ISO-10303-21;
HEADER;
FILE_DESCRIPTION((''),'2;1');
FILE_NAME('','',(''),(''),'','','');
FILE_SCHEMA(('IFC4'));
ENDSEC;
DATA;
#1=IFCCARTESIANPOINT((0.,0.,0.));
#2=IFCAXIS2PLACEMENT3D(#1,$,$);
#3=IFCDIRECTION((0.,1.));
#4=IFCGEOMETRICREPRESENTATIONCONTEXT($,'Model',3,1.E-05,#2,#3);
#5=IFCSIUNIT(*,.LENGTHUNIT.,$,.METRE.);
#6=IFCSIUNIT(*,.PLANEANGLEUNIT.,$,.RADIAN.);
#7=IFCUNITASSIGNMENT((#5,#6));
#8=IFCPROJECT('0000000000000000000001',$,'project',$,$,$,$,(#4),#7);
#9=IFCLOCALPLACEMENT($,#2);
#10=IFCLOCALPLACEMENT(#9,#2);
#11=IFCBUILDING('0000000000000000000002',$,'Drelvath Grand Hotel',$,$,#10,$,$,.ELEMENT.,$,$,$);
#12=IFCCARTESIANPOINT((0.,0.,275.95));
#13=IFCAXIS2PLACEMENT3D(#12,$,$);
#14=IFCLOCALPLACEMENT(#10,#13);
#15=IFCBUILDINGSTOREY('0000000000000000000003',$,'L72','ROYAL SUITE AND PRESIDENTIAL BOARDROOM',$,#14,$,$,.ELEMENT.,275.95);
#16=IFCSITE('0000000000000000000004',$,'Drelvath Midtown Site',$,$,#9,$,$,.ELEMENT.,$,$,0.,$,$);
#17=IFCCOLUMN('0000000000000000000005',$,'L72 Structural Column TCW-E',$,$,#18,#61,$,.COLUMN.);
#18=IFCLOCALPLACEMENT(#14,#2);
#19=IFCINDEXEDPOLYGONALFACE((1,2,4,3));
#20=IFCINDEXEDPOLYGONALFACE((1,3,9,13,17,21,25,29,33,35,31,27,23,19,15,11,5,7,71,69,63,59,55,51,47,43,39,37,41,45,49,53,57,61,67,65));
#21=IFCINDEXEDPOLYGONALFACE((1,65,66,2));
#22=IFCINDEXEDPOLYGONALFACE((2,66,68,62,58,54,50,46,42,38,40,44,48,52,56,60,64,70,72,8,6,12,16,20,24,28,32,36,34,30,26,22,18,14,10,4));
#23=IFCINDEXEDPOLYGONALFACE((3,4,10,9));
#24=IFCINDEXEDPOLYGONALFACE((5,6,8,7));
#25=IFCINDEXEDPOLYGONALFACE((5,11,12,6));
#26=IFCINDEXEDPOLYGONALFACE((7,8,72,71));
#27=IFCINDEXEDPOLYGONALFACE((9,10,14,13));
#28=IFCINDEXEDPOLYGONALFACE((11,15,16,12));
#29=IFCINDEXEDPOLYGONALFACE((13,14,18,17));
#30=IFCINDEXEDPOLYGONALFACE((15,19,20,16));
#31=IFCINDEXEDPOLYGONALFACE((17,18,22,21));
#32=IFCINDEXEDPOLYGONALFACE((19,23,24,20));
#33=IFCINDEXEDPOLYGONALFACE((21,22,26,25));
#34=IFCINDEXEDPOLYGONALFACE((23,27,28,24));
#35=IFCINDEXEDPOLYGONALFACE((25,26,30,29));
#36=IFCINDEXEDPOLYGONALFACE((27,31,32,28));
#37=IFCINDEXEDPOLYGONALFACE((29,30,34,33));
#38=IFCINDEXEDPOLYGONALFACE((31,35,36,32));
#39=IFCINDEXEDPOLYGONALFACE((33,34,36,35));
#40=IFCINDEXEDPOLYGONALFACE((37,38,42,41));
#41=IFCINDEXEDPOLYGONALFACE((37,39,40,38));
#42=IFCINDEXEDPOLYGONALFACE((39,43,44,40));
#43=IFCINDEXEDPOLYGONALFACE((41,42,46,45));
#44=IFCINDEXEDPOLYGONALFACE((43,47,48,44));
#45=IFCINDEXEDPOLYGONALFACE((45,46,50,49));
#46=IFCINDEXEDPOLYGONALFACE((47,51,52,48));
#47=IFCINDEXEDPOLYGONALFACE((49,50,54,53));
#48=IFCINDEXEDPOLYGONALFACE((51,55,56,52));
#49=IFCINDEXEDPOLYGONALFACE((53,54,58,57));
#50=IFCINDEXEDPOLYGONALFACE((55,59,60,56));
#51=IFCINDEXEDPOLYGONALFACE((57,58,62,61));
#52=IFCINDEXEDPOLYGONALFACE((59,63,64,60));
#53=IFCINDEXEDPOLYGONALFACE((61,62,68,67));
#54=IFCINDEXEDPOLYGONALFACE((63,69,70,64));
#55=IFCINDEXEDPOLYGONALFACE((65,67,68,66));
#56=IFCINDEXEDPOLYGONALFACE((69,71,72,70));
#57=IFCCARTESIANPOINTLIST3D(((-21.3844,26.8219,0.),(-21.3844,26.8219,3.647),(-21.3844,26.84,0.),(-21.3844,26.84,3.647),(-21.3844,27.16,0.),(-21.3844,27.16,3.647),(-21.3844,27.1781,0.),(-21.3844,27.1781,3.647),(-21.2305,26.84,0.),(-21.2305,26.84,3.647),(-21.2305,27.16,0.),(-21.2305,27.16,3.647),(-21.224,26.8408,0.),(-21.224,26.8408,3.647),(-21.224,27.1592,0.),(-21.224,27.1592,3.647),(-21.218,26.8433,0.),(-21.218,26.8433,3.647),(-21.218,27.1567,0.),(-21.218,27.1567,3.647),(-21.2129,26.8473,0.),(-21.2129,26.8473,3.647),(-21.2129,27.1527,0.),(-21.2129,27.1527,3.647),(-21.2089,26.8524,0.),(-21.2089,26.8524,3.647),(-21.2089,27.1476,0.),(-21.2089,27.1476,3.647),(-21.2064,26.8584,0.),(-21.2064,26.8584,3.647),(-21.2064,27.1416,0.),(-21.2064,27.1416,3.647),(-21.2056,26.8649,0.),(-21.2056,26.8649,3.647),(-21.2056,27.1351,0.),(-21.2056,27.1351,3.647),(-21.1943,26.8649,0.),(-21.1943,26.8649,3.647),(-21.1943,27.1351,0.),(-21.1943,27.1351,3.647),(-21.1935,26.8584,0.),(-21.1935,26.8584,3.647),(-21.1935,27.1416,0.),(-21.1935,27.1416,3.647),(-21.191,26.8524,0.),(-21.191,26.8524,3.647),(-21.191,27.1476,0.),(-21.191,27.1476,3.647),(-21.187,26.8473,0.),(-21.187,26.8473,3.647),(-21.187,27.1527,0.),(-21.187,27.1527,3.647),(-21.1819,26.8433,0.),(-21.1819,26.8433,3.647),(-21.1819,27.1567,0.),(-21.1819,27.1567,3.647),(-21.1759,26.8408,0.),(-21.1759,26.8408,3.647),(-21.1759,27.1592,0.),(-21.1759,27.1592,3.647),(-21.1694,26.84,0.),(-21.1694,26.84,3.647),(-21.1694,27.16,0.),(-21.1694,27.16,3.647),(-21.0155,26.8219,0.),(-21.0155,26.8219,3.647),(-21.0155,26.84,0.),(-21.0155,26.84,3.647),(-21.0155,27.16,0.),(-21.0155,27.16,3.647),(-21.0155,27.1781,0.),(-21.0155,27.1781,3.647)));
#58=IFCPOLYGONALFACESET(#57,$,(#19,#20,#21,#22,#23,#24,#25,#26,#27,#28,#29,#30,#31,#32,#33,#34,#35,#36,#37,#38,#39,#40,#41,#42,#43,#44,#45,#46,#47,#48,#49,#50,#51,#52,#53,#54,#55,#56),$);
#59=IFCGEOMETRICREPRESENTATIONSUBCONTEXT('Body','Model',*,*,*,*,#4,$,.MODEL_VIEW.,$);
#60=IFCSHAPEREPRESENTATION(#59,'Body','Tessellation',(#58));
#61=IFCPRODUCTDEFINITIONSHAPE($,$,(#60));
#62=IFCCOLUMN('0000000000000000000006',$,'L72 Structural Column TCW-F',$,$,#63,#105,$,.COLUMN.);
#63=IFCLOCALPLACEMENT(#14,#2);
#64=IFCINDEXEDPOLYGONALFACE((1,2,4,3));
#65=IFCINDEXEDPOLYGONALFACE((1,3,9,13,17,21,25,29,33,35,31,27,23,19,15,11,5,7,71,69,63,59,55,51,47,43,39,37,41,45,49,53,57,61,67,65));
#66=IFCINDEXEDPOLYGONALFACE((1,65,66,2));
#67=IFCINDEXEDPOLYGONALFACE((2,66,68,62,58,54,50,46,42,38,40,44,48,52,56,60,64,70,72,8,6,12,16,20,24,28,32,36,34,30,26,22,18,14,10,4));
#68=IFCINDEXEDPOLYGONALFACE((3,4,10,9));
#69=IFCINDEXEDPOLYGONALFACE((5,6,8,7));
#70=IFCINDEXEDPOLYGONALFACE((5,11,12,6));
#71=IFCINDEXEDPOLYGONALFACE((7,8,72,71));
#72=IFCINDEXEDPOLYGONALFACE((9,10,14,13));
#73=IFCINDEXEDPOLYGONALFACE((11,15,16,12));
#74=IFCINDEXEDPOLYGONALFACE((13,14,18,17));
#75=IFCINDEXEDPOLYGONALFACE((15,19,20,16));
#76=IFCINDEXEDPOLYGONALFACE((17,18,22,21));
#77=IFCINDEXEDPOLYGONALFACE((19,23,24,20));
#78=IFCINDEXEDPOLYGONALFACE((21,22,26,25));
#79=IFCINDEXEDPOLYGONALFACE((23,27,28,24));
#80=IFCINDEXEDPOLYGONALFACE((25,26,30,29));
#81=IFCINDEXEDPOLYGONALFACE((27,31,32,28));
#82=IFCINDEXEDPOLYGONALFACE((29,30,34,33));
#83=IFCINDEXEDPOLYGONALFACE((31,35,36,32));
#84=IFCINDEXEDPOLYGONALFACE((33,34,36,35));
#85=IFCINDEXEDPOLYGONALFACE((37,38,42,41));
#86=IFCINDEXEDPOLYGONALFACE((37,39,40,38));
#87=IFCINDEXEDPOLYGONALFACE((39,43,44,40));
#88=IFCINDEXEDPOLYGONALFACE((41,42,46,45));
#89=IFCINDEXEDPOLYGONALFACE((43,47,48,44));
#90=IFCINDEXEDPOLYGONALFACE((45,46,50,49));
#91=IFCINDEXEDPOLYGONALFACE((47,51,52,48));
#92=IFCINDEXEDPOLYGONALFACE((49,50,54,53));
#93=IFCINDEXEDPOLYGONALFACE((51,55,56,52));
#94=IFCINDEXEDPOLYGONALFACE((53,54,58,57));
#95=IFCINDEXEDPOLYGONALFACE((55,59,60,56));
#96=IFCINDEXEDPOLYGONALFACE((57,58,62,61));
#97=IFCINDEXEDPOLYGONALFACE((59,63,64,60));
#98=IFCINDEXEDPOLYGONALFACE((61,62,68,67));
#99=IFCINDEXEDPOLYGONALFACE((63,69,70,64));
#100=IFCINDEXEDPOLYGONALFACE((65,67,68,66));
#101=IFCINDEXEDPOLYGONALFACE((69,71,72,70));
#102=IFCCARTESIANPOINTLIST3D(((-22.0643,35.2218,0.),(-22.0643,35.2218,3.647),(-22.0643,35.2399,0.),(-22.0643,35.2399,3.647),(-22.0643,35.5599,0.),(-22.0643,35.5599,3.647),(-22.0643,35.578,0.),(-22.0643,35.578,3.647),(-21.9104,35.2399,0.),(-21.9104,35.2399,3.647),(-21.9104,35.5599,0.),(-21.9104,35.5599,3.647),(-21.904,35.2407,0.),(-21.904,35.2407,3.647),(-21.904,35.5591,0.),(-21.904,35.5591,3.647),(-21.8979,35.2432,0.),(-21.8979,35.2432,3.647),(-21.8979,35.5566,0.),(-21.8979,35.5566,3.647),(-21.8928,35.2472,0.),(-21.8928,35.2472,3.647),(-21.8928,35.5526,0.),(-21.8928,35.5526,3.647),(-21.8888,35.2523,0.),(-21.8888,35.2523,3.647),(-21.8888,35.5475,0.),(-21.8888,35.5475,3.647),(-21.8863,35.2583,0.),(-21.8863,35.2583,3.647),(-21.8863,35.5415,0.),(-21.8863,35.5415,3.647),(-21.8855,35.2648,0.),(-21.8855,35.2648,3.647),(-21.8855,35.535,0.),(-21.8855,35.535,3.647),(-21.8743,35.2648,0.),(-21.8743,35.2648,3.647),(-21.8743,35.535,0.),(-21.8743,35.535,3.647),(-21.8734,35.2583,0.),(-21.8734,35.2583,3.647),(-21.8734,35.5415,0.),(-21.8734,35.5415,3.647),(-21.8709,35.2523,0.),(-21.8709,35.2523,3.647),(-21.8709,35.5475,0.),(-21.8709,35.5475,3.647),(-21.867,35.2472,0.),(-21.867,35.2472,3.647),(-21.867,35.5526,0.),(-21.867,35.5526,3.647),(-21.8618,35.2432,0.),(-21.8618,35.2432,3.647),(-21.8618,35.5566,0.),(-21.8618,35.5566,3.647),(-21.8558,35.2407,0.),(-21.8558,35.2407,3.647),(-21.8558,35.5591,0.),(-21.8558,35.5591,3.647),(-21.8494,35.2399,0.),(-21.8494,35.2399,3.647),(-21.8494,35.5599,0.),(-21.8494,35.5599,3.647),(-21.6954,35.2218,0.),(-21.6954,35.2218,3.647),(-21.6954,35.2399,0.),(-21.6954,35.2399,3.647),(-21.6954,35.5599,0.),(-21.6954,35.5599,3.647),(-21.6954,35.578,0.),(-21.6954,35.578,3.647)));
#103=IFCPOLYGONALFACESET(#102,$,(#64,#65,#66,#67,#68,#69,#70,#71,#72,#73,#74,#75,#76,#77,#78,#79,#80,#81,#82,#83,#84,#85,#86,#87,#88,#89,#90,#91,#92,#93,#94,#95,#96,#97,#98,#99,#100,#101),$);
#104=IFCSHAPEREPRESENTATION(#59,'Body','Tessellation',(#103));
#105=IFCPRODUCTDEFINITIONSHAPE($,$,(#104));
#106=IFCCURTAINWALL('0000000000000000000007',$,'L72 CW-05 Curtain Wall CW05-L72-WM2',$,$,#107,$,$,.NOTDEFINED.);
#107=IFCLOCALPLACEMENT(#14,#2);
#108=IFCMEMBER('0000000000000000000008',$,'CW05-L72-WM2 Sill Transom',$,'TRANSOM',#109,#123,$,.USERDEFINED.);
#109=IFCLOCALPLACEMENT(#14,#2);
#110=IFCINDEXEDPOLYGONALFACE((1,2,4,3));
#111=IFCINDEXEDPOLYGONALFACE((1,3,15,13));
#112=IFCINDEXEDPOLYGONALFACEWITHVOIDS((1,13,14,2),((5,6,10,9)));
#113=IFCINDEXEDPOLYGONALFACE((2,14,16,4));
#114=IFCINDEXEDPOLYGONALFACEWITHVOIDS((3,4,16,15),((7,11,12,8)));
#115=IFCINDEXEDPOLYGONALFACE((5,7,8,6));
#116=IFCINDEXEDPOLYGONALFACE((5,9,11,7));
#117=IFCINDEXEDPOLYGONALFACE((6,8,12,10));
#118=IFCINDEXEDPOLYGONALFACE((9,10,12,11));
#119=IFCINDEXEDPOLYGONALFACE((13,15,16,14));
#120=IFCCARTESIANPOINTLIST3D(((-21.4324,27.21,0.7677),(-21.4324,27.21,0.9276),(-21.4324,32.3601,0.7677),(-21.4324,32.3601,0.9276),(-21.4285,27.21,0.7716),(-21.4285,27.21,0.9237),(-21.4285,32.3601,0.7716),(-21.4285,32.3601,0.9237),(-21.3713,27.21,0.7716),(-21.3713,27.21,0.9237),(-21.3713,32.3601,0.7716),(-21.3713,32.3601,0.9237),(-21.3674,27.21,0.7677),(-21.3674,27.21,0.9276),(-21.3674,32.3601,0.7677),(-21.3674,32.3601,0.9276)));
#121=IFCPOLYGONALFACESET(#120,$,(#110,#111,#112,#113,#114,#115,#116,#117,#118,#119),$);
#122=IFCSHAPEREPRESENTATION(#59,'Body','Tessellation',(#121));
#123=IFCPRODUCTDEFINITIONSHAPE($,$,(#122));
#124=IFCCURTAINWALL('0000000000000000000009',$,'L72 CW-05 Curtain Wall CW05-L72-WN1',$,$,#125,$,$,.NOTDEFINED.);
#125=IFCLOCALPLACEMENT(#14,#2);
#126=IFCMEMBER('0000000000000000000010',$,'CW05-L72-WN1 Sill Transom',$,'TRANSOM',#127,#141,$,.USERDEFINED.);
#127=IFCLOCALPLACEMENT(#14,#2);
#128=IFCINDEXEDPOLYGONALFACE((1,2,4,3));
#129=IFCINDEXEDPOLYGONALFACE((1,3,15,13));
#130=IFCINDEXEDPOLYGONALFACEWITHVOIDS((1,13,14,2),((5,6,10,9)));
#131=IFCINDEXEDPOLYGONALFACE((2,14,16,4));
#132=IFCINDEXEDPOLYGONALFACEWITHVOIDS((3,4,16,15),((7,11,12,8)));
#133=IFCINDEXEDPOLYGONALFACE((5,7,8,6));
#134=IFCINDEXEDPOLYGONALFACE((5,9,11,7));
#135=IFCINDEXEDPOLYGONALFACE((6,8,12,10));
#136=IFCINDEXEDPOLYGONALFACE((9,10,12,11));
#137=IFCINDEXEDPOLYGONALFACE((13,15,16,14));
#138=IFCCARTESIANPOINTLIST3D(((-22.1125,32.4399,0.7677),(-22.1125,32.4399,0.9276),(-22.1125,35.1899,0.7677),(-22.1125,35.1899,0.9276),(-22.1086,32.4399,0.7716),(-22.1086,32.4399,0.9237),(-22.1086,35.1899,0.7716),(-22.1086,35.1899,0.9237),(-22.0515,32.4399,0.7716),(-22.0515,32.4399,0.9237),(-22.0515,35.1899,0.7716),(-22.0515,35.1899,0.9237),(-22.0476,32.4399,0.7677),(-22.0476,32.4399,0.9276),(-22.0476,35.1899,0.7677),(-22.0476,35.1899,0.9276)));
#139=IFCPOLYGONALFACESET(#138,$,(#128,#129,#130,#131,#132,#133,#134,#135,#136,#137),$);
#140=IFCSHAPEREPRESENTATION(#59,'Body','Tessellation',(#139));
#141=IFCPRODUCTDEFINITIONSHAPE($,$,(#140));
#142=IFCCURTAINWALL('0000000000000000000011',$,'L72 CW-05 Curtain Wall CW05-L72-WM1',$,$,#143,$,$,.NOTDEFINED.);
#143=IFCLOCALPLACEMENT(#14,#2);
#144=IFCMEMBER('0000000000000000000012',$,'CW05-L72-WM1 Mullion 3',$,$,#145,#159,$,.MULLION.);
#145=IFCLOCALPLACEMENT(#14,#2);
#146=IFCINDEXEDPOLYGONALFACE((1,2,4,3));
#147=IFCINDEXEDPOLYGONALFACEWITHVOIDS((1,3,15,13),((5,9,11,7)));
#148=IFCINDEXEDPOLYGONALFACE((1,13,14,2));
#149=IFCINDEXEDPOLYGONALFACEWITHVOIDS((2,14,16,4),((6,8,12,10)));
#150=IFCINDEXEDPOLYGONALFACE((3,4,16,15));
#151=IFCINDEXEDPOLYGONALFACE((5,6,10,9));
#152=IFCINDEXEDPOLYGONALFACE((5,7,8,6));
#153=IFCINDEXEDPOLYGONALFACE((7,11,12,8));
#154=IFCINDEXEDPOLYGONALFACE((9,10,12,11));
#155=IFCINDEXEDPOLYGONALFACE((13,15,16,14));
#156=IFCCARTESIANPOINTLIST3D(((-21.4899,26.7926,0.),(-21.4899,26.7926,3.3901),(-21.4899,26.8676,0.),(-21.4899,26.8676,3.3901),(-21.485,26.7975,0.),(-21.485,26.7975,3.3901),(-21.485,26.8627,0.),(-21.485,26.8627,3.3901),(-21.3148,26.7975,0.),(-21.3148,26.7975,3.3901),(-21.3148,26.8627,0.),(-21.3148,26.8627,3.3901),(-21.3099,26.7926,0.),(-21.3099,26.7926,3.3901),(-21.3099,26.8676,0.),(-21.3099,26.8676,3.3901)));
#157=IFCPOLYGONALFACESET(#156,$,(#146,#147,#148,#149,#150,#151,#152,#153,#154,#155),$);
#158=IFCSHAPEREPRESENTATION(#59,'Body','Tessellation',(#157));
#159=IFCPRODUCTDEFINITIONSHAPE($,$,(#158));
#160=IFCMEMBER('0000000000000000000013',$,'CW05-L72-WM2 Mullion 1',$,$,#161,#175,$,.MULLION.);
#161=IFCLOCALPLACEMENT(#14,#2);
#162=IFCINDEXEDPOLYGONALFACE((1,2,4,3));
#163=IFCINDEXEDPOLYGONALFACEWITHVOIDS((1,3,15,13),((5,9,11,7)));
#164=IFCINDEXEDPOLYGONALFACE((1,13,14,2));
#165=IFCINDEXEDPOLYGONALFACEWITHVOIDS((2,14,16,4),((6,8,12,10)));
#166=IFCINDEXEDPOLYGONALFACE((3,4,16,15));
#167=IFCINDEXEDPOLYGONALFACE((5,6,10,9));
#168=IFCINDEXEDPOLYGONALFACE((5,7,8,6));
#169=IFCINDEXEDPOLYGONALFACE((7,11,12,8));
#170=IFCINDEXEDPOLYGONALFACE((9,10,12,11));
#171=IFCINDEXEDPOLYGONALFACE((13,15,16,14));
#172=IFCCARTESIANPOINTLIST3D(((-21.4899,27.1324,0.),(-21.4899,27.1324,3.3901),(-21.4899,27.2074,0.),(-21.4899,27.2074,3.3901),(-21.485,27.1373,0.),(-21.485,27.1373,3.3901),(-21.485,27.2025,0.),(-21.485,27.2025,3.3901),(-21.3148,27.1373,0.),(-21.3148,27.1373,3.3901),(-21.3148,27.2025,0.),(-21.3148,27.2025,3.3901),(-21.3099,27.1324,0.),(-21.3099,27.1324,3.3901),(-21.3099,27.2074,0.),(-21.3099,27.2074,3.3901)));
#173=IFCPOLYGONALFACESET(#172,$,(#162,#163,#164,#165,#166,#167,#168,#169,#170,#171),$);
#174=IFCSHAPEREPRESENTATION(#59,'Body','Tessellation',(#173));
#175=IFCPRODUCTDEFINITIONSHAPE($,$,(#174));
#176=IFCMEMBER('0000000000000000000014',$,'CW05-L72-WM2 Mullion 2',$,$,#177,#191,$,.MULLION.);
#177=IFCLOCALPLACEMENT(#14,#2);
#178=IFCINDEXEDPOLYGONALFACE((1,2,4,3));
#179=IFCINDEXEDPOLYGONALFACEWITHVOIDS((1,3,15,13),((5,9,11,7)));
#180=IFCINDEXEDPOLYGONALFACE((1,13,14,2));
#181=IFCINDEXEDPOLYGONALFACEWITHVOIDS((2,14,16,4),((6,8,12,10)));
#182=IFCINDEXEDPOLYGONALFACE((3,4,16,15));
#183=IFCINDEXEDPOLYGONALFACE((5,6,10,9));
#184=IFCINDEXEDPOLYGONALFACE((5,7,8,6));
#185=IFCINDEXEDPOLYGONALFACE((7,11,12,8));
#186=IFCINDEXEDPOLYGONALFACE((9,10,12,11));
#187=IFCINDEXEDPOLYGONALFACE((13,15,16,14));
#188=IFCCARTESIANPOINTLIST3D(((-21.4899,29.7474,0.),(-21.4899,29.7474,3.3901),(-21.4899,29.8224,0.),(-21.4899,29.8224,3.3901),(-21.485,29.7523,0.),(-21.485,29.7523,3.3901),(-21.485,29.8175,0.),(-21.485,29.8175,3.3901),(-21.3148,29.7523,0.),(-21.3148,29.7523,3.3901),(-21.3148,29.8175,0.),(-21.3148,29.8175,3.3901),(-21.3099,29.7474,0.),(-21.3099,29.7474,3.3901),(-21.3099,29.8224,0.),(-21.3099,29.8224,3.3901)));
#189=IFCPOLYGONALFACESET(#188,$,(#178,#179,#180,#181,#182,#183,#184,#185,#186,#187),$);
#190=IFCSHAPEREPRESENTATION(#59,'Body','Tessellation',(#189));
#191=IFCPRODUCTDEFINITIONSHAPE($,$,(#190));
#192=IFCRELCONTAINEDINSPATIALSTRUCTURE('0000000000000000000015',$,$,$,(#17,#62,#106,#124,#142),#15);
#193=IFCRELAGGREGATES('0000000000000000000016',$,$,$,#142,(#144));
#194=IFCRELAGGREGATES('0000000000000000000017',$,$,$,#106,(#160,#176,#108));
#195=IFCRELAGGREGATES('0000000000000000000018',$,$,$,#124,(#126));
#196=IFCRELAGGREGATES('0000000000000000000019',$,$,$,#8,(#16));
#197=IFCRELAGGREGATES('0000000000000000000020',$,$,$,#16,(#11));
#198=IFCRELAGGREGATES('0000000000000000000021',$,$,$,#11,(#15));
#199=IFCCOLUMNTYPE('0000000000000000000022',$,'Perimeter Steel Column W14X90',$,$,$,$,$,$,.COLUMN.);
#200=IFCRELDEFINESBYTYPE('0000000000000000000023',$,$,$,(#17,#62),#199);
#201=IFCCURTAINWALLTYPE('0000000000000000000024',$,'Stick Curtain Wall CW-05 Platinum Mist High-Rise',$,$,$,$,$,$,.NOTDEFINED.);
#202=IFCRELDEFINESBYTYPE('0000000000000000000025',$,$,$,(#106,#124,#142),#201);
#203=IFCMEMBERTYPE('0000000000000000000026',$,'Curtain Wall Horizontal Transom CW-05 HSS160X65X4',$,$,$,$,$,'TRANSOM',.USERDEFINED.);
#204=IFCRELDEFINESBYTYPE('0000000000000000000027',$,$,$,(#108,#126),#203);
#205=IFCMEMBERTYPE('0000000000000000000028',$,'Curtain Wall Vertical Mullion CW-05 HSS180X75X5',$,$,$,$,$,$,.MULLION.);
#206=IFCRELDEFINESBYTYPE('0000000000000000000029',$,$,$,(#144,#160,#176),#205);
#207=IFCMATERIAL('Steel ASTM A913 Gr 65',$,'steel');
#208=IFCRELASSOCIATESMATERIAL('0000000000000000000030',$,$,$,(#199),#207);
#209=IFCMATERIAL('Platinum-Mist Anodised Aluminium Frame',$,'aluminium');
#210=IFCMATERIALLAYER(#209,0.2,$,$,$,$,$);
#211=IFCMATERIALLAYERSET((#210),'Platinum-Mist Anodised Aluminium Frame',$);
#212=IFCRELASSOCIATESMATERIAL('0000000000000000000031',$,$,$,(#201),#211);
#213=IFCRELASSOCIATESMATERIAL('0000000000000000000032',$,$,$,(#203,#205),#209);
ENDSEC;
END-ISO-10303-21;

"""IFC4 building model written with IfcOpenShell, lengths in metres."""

from ifc_helpers import new_model, si_unit, direction, frame, origin, origin_2d, place, context, subcontext, project, spatial, hollow_rectangle, i_section, extrude, material, layer, layer_set, material_profile, profile_set, type_object, element, aggregate, save


model = new_model("IFC4")

# Units and contexts
model_context = context("Model", 3, precision=1e-05, world=origin(), true_north=direction((0.0, 1.0)))
body_context = subcontext(model_context, "Body", "Model", "MODEL_VIEW")
ifc_project = project(units=[si_unit("LENGTHUNIT", "METRE"), si_unit("PLANEANGLEUNIT", "RADIAN")], contexts=[model_context])

# Site, building, storey
site_placement = place(None, origin())
site = spatial("IfcSite", under=ifc_project, at=site_placement, Name="Drelvath Midtown Site", CompositionType="ELEMENT", RefElevation=0.0)
building_placement = place(site_placement, origin())
building = spatial("IfcBuilding", under=site, at=building_placement, Name="Drelvath Grand Hotel", CompositionType="ELEMENT")
storey_placement = place(building_placement, frame((0.0, 0.0, 275.95)))
storey = spatial("IfcBuildingStorey", under=building, at=storey_placement, Name="L72", Description="ROYAL SUITE AND PRESIDENTIAL BOARDROOM", CompositionType="ELEMENT", Elevation=275.95)

# Columns
ifc_material_1 = material(Name="Steel ASTM A913 Gr 65", Category="steel")
ifc_material_profile_1 = material_profile(ifc_material_1, i_section(OverallWidth=0.3689, OverallDepth=0.3562, WebThickness=0.0112, FlangeThickness=0.0181, FilletRadius=0.0249, at=origin_2d()), Name="W14X90")
ifc_profile_set_1 = profile_set([ifc_material_profile_1], Name="Steel ASTM A913 Gr 65")
column_type = type_object("IfcColumnType", Name="Perimeter Steel Column W14X90", PredefinedType="COLUMN", material=ifc_profile_set_1)
for number, where, z_axis, x_axis, name in (
    (1, (-21.2, 27.0, 0.0), (0.0, 0.0, 1.0), (1.0, 0.0, 0.0), "L72 Structural Column TCW-E"),
    (2, (-21.8799, 35.3999, 0.0), (0.0, 0.0, 1.0), (1.0, 0.0, 0.0), "L72 Structural Column TCW-F"),
):
    element("IfcColumn", number, at=place(storey_placement, frame(where, z_axis=z_axis, x_axis=x_axis)), inside=storey, type_object=column_type, Name=name, PredefinedType="COLUMN", context=body_context, shape_type="SweptSolid", body=[
        extrude(i_section(OverallWidth=0.3689, OverallDepth=0.3562, WebThickness=0.0112, FlangeThickness=0.0181, FilletRadius=0.0249, at=origin_2d()), origin(), (0.0, 0.0, 1.0), 3.647),
    ])

# Curtain walls, members
ifc_material_2 = material(Name="Platinum-Mist Anodised Aluminium Frame", Category="aluminium")
ifc_layer_1 = layer(ifc_material_2, 0.2)
ifc_layer_set_1 = layer_set([ifc_layer_1], Name="Platinum-Mist Anodised Aluminium Frame")
curtain_wall_type = type_object("IfcCurtainWallType", Name="Stick Curtain Wall CW-05 Platinum Mist High-Rise", PredefinedType="NOTDEFINED", material=ifc_layer_set_1)
curtain_wall_1_placement = place(storey_placement, origin())
curtain_wall_1 = element("IfcCurtainWall", 3, at=curtain_wall_1_placement, inside=storey, type_object=curtain_wall_type, Name="L72 CW-05 Curtain Wall CW05-L72-WM2", PredefinedType="NOTDEFINED")
ifc_material_profile_2 = material_profile(ifc_material_2, hollow_rectangle(XDim=0.0649, YDim=0.1599, WallThickness=0.0039, at=origin_2d()), Name="HSS160X65X4")
ifc_profile_set_2 = profile_set([ifc_material_profile_2], Name="Platinum-Mist Anodised Aluminium Frame")
member_type_1 = type_object("IfcMemberType", Name="Curtain Wall Horizontal Transom CW-05 HSS160X65X4", ElementType="TRANSOM", PredefinedType="USERDEFINED", material=ifc_profile_set_2)
member_1_placement = place(storey_placement, frame((-21.3999, 27.21, 0.8477), z_axis=(0.0, 1.0, 0.0), x_axis=(-1.0, 0.0, 0.0)))
member_1 = element("IfcMember", 4, at=member_1_placement, type_object=member_type_1, Name="CW05-L72-WM2 Sill Transom", ObjectType="TRANSOM", PredefinedType="USERDEFINED", context=body_context, shape_type="SweptSolid", body=[
    extrude(hollow_rectangle(XDim=0.0649, YDim=0.1599, WallThickness=0.0039, at=origin_2d()), origin(), (0.0, 0.0, 1.0), 5.1501),
])
curtain_wall_2_placement = place(storey_placement, origin())
curtain_wall_2 = element("IfcCurtainWall", 5, at=curtain_wall_2_placement, inside=storey, type_object=curtain_wall_type, Name="L72 CW-05 Curtain Wall CW05-L72-WN1", PredefinedType="NOTDEFINED")
member_2_placement = place(storey_placement, frame((-22.0801, 32.4399, 0.8477), z_axis=(0.0, 1.0, 0.0), x_axis=(-1.0, 0.0, 0.0)))
member_2 = element("IfcMember", 6, at=member_2_placement, type_object=member_type_1, Name="CW05-L72-WN1 Sill Transom", ObjectType="TRANSOM", PredefinedType="USERDEFINED", context=body_context, shape_type="SweptSolid", body=[
    extrude(hollow_rectangle(XDim=0.0649, YDim=0.1599, WallThickness=0.0039, at=origin_2d()), origin(), (0.0, 0.0, 1.0), 2.75),
])
curtain_wall_3_placement = place(storey_placement, origin())
curtain_wall_3 = element("IfcCurtainWall", 7, at=curtain_wall_3_placement, inside=storey, type_object=curtain_wall_type, Name="L72 CW-05 Curtain Wall CW05-L72-WM1", PredefinedType="NOTDEFINED")
ifc_material_profile_3 = material_profile(ifc_material_2, hollow_rectangle(XDim=0.075, YDim=0.1799, WallThickness=0.0049, at=origin_2d()), Name="HSS180X75X5")
ifc_profile_set_3 = profile_set([ifc_material_profile_3], Name="Platinum-Mist Anodised Aluminium Frame")
member_type_2 = type_object("IfcMemberType", Name="Curtain Wall Vertical Mullion CW-05 HSS180X75X5", PredefinedType="MULLION", material=ifc_profile_set_3)
member_3_placement = place(storey_placement, frame((-21.3999, 26.8301, 0.0), z_axis=(0.0, 0.0, 1.0), x_axis=(0.0, 1.0, 0.0)))
member_3 = element("IfcMember", 8, at=member_3_placement, type_object=member_type_2, Name="CW05-L72-WM1 Mullion 3", PredefinedType="MULLION", context=body_context, shape_type="SweptSolid", body=[
    extrude(hollow_rectangle(XDim=0.075, YDim=0.1799, WallThickness=0.0049, at=origin_2d()), origin(), (0.0, 0.0, 1.0), 3.3901),
])
aggregate(curtain_wall_3, [member_3])

# Members
member_4_placement = place(storey_placement, frame((-21.3999, 27.1699, 0.0), z_axis=(0.0, 0.0, 1.0), x_axis=(0.0, 1.0, 0.0)))
member_4 = element("IfcMember", 9, at=member_4_placement, type_object=member_type_2, Name="CW05-L72-WM2 Mullion 1", PredefinedType="MULLION", context=body_context, shape_type="SweptSolid", body=[
    extrude(hollow_rectangle(XDim=0.075, YDim=0.1799, WallThickness=0.0049, at=origin_2d()), origin(), (0.0, 0.0, 1.0), 3.3901),
])
member_5_placement = place(storey_placement, frame((-21.3999, 29.7849, 0.0), z_axis=(0.0, 0.0, 1.0), x_axis=(0.0, 1.0, 0.0)))
member_5 = element("IfcMember", 10, at=member_5_placement, type_object=member_type_2, Name="CW05-L72-WM2 Mullion 2", PredefinedType="MULLION", context=body_context, shape_type="SweptSolid", body=[
    extrude(hollow_rectangle(XDim=0.075, YDim=0.1799, WallThickness=0.0049, at=origin_2d()), origin(), (0.0, 0.0, 1.0), 3.3901),
])

aggregate(curtain_wall_1, [member_4, member_5, member_1])
aggregate(curtain_wall_2, [member_2])

save(model, "model.ifc")
